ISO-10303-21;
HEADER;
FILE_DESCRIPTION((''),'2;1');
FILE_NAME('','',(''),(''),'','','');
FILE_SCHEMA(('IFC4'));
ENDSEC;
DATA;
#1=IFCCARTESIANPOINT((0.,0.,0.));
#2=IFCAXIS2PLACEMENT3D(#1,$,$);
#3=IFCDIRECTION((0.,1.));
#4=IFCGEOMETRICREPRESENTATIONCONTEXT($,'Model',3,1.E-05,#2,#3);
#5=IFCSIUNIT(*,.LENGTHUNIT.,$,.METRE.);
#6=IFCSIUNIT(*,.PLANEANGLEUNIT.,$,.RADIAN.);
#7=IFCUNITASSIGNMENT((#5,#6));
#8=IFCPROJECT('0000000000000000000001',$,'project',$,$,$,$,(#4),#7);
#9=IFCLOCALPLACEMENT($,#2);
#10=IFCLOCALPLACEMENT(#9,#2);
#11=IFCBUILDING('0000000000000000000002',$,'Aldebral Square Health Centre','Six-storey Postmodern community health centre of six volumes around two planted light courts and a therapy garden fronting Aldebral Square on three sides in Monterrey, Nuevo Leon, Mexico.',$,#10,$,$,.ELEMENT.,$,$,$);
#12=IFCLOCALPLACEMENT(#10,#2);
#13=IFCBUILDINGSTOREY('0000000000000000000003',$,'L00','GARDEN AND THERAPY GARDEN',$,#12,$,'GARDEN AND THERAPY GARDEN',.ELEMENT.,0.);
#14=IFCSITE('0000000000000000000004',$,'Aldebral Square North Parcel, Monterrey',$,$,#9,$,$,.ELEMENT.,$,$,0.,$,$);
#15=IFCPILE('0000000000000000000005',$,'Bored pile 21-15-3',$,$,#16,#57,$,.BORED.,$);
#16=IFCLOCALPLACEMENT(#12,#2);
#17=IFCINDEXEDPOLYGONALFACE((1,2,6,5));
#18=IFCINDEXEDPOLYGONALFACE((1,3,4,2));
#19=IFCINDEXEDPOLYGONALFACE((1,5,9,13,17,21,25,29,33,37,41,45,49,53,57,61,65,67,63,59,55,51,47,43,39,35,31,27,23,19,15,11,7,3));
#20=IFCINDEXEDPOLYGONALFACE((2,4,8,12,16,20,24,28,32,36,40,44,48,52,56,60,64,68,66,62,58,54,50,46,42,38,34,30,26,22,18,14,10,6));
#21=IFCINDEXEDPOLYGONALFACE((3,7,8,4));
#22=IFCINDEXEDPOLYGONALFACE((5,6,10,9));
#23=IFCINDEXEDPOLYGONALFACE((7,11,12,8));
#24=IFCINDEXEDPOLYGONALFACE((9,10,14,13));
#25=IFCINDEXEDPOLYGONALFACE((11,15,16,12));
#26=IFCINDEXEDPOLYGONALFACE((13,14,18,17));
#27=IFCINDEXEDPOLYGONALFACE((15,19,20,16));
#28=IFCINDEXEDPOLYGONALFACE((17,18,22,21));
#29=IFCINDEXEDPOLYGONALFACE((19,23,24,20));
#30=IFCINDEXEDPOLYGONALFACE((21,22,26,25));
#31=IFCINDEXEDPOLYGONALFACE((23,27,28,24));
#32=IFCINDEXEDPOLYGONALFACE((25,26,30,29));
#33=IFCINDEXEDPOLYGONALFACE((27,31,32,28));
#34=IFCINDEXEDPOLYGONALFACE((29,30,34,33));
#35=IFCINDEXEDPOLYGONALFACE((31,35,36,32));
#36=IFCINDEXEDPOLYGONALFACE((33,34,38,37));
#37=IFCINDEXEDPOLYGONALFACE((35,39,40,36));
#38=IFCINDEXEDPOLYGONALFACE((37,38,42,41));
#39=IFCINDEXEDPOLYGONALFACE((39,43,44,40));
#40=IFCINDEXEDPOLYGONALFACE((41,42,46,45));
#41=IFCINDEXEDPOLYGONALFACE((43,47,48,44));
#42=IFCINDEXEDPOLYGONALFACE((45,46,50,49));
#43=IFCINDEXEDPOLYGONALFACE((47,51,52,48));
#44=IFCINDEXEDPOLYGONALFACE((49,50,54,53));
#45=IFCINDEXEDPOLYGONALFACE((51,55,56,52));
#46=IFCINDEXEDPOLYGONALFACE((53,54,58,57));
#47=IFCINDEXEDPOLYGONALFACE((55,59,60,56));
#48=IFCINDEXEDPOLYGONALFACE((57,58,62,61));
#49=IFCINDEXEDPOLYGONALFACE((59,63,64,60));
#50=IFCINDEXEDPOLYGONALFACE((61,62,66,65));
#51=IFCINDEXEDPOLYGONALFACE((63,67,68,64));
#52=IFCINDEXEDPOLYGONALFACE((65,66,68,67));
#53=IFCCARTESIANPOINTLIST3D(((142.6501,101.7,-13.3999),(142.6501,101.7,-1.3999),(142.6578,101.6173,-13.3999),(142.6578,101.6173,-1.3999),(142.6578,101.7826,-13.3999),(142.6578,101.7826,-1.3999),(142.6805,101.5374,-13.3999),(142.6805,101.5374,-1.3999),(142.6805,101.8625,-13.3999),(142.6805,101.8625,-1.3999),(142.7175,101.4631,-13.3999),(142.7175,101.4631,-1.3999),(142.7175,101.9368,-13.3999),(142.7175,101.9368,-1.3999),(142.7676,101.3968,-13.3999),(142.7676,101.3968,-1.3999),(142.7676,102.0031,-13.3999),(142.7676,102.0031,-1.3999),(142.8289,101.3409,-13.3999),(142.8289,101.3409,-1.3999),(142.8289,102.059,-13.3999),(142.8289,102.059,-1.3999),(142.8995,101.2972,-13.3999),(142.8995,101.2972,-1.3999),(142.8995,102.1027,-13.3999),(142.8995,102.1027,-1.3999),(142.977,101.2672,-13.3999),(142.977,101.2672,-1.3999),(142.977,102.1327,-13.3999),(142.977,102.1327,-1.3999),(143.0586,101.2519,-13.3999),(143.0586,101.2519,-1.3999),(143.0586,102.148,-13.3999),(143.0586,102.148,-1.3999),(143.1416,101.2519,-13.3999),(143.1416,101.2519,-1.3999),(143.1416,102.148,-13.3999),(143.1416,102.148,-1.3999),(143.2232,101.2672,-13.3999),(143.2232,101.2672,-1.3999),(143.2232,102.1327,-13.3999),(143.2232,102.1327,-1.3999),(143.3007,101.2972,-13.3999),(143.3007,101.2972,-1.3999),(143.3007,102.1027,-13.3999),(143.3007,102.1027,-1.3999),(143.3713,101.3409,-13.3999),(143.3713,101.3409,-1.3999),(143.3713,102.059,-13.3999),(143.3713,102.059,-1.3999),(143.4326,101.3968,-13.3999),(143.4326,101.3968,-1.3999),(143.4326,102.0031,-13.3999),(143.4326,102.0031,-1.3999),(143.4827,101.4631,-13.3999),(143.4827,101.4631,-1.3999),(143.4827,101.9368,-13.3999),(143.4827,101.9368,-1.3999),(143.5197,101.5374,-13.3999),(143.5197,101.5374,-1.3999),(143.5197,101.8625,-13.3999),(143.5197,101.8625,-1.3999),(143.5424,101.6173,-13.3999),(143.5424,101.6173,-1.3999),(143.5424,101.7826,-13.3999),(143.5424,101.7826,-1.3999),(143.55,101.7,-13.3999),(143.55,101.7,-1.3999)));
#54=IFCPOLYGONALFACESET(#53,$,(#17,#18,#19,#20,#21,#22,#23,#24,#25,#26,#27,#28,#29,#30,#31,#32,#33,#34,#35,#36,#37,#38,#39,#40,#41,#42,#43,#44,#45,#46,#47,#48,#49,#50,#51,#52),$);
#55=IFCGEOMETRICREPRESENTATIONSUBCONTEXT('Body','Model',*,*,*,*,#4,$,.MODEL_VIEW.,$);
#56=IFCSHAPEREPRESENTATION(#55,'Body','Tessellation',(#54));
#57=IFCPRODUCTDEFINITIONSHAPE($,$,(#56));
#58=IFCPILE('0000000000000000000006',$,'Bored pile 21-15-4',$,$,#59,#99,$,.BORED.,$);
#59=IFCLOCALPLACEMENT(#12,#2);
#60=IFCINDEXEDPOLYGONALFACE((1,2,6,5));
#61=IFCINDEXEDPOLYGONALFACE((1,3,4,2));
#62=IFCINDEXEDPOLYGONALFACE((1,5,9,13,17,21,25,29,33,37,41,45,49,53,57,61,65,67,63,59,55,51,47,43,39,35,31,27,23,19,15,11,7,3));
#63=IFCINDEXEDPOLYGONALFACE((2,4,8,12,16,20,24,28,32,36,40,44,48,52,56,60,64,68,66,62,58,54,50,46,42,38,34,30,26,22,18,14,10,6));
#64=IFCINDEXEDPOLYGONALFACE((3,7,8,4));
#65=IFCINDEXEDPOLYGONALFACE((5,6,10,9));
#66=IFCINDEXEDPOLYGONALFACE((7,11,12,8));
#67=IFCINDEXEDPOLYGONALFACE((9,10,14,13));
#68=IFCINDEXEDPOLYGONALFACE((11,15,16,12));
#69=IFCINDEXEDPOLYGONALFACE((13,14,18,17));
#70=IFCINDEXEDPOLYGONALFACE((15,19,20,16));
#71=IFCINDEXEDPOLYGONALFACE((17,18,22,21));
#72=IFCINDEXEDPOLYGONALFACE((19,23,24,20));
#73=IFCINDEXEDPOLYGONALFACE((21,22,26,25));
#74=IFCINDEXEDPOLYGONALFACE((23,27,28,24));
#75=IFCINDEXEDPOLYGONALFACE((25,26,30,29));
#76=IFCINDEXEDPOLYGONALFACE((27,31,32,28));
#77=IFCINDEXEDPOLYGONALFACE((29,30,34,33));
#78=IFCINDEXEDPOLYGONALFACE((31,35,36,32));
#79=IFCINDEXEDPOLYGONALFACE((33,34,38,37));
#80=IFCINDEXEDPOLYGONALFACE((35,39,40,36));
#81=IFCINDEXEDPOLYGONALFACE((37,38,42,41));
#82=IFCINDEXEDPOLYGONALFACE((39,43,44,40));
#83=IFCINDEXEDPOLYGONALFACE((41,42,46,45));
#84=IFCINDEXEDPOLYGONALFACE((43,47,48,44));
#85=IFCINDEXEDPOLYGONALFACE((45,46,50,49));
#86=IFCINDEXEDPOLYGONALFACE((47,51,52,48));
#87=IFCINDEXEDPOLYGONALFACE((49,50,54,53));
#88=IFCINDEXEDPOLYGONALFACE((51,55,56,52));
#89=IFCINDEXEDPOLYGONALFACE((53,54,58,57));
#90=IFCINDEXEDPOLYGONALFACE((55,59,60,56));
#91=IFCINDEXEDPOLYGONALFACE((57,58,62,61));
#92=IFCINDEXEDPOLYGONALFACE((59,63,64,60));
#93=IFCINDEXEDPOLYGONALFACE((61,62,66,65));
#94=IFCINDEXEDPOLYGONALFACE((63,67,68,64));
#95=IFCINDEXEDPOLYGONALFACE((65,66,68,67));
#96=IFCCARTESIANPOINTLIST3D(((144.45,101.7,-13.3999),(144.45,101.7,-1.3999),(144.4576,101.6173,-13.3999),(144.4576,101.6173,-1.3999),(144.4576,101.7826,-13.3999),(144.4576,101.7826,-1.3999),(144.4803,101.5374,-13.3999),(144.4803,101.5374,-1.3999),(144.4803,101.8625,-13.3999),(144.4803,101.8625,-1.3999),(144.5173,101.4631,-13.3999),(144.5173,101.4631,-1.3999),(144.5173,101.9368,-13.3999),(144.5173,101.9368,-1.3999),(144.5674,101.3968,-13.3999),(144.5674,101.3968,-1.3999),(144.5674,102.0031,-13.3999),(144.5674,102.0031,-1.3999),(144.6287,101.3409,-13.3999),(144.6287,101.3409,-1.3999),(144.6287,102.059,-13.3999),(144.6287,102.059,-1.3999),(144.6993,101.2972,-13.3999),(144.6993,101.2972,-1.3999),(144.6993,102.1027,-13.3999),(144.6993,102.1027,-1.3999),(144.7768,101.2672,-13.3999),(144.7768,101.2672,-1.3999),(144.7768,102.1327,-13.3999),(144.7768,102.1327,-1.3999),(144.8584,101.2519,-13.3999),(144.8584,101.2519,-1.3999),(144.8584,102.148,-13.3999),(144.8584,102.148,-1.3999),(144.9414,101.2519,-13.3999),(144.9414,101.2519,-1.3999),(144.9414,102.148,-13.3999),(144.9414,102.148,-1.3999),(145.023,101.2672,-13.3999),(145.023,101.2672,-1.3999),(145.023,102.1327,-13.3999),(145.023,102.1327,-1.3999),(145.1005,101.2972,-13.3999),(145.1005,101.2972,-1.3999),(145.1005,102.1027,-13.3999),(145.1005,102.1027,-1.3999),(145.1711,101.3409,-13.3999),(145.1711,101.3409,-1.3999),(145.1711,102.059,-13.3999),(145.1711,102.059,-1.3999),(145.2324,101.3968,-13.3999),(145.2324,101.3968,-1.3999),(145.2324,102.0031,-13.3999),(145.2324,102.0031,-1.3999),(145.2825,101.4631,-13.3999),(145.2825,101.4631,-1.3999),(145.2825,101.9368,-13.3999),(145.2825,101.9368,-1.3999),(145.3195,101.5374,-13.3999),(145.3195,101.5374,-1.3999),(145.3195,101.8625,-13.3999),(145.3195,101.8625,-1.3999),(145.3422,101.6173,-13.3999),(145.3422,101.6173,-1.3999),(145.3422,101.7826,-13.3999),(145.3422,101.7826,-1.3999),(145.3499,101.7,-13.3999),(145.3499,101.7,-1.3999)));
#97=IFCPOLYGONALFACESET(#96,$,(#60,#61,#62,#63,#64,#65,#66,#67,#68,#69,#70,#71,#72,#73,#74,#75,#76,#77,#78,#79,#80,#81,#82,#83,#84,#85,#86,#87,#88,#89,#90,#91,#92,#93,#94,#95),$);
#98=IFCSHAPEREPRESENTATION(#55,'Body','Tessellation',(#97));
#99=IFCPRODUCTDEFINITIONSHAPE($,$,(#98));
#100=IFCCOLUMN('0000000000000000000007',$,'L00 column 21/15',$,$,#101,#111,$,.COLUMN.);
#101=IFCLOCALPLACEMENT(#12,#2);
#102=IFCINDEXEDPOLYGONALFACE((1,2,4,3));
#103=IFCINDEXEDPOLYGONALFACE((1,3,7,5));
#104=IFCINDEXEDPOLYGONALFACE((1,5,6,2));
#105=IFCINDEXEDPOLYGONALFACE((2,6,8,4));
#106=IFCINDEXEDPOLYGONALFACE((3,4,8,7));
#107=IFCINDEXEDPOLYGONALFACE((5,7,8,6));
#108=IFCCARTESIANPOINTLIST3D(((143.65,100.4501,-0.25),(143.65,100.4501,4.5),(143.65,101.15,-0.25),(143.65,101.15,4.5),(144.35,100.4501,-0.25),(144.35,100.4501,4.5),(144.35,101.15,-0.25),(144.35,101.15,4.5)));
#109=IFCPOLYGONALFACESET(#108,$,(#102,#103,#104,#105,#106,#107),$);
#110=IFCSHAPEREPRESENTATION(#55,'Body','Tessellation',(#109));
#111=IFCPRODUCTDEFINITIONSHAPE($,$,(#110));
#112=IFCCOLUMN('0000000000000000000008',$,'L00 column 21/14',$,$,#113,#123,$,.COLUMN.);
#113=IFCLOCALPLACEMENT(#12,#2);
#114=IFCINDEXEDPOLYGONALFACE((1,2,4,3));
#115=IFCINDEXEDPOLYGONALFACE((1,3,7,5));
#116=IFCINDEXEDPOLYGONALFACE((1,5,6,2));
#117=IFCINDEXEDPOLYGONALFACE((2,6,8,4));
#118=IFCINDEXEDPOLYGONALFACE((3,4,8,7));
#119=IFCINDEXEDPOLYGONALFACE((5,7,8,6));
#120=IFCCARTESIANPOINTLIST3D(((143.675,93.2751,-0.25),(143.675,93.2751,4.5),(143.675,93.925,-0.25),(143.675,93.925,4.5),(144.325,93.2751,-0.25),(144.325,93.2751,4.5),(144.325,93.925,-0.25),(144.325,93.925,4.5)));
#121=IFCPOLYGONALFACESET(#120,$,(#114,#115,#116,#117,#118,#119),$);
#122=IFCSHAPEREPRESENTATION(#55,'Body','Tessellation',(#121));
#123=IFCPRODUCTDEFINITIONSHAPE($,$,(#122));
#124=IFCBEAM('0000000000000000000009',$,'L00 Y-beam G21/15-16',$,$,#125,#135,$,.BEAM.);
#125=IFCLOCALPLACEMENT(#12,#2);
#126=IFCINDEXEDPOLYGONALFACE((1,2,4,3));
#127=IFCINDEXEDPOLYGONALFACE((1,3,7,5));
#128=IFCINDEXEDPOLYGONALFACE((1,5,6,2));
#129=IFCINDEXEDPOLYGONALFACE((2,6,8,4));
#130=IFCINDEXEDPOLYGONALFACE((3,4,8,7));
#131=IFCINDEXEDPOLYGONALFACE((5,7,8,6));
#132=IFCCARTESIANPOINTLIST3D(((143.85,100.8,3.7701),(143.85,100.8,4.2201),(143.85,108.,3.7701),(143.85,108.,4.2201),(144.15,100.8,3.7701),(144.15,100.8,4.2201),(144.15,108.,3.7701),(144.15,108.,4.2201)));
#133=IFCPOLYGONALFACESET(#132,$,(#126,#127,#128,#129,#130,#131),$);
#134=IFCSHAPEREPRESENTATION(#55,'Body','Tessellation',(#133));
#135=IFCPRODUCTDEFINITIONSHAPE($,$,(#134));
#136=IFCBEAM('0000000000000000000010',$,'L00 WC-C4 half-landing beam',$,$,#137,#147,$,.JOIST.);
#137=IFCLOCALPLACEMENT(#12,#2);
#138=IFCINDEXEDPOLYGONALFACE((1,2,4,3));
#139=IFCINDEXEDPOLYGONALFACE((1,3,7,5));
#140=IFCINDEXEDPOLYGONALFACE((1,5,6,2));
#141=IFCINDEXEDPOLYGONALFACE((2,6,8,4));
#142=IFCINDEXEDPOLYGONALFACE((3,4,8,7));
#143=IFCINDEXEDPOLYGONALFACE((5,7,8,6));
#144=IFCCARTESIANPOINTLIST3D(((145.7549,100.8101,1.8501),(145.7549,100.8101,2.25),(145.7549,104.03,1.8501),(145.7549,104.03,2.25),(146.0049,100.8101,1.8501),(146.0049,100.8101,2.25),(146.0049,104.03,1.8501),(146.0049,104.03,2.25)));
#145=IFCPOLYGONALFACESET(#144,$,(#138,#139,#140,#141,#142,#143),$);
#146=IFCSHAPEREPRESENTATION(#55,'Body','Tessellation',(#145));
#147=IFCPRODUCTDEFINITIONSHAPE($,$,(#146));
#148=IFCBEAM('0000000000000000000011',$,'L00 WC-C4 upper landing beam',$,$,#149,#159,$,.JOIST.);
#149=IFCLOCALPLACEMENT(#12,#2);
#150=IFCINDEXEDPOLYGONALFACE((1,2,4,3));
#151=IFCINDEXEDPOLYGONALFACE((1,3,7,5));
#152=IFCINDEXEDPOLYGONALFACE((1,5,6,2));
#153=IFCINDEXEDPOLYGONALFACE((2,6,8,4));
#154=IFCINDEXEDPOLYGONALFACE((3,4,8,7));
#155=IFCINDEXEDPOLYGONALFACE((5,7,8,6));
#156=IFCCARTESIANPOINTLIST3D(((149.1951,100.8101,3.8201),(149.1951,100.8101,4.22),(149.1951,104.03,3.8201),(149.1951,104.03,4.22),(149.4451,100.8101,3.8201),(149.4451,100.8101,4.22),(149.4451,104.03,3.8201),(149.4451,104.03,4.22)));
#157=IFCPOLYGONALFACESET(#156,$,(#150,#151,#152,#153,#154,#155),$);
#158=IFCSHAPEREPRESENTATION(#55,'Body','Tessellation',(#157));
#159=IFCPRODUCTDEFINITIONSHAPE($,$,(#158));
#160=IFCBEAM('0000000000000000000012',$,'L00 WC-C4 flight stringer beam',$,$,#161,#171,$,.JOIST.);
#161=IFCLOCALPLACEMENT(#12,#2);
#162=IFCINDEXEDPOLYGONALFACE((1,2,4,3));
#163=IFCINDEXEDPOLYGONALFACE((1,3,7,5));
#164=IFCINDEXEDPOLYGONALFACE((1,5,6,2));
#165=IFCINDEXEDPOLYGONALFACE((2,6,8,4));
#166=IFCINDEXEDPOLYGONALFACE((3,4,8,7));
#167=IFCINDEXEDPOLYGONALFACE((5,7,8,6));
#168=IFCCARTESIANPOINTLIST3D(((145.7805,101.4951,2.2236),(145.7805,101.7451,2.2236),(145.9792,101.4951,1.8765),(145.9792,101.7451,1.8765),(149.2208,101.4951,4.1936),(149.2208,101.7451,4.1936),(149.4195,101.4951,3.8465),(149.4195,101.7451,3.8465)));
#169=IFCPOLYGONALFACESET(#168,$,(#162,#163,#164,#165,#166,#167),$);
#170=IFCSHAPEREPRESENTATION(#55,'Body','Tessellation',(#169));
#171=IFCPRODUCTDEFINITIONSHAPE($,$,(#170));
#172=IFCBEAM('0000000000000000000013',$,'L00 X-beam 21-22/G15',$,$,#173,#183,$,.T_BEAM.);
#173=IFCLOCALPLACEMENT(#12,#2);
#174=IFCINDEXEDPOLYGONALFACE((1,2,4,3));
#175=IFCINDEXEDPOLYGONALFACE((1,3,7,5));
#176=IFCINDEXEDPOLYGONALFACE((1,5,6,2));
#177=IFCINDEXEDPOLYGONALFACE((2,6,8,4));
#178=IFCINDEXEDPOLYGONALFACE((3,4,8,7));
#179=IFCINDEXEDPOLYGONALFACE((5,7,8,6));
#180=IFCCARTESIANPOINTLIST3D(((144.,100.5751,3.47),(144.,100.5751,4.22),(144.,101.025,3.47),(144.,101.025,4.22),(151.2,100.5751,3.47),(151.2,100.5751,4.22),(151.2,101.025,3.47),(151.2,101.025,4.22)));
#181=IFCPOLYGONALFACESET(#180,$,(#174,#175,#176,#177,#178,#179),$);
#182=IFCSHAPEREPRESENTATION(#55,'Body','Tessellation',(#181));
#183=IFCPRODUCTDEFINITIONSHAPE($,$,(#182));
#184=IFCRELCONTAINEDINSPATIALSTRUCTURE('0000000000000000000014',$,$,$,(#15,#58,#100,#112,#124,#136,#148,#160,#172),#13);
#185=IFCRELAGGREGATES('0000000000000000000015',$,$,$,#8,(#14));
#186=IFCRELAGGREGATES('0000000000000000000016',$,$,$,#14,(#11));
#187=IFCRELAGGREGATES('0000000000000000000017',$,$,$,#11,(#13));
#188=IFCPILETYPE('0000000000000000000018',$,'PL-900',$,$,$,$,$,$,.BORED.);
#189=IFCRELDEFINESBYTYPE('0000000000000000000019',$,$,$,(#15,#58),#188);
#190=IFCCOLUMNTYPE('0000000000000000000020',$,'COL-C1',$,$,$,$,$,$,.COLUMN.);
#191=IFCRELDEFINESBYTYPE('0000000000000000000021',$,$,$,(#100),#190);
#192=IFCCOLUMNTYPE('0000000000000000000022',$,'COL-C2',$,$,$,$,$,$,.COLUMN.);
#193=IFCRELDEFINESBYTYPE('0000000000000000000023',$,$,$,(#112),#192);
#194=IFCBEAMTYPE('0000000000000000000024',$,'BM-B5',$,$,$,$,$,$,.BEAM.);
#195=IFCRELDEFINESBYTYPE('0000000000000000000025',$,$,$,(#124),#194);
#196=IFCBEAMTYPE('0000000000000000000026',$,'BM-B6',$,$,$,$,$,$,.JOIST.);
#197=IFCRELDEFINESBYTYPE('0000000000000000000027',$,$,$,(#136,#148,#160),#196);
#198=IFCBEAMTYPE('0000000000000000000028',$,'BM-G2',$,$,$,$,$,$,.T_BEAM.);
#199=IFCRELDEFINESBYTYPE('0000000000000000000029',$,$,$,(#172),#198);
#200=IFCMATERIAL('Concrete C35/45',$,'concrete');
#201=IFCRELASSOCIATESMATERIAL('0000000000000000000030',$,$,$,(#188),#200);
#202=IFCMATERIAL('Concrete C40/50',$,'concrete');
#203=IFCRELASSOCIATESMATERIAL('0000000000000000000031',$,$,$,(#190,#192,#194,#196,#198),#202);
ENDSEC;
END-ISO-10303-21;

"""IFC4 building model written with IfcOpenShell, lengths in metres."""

from ifc_helpers import new_model, si_unit, direction, frame, origin, origin_2d, place, context, subcontext, project, spatial, rectangle, circle, extrude, material, material_profile, profile_set, type_object, element, save


model = new_model("IFC4")

# Units and contexts
model_context = context("Model", 3, precision=1e-05, world=origin(), true_north=direction((0.0, 1.0)))
body_context = subcontext(model_context, "Body", "Model", "MODEL_VIEW")
ifc_project = project(units=[si_unit("LENGTHUNIT", "METRE"), si_unit("PLANEANGLEUNIT", "RADIAN")], contexts=[model_context])

# Site, building, storey
site_placement = place(None, origin())
site = spatial("IfcSite", under=ifc_project, at=site_placement, Name="Aldebral Square North Parcel, Monterrey", CompositionType="ELEMENT", RefElevation=0.0)
building_placement = place(site_placement, origin())
building = spatial("IfcBuilding", under=site, at=building_placement, Name="Aldebral Square Health Centre", Description="Six-storey Postmodern community health centre of six volumes around two planted light courts and a therapy garden fronting Aldebral Square on three sides in Monterrey, Nuevo Leon, Mexico.", CompositionType="ELEMENT")
storey_placement = place(building_placement, origin())
storey = spatial("IfcBuildingStorey", under=building, at=storey_placement, Name="L00", Description="GARDEN AND THERAPY GARDEN", LongName="GARDEN AND THERAPY GARDEN", CompositionType="ELEMENT", Elevation=0.0)

# Shared definitions
ifc_material_1 = material(Name="Concrete C35/45", Category="concrete")

# Piles
ifc_material_profile_1 = material_profile(ifc_material_1, circle(Radius=0.45, at=origin_2d()), Name="PILE D900")
ifc_profile_set_1 = profile_set([ifc_material_profile_1], Name="Concrete C35/45")
pile_type_1 = type_object("IfcPileType", Name="PL-900", PredefinedType="BORED", material=ifc_profile_set_1)
for number, where, z_axis, x_axis, name in (
    (1, (143.1001, 101.7, -1.3999), (0.0, 0.0, -1.0), (1.0, 0.0, 0.0), "Bored pile 21-15-3"),
    (2, (144.8999, 101.7, -1.3999), (0.0, 0.0, -1.0), (1.0, 0.0, 0.0), "Bored pile 21-15-4"),
):
    element("IfcPile", number, at=place(storey_placement, frame(where, z_axis=z_axis, x_axis=x_axis)), inside=storey, type_object=pile_type_1, Name=name, PredefinedType="BORED", context=body_context, shape_type="SweptSolid", body=[
        extrude(circle(Radius=0.45, at=origin_2d()), origin(), (0.0, 0.0, 1.0), 12.0),
    ])

# Columns
ifc_material_2 = material(Name="Concrete C40/50", Category="concrete")
ifc_material_profile_2 = material_profile(ifc_material_2, rectangle(XDim=0.7, YDim=0.7, at=origin_2d()), Name="RC 700x700")
ifc_profile_set_2 = profile_set([ifc_material_profile_2], Name="Concrete C40/50")
column_type_1 = type_object("IfcColumnType", Name="COL-C1", PredefinedType="COLUMN", material=ifc_profile_set_2)
column_1_placement = place(storey_placement, frame((144.0, 100.8, -0.25), z_axis=(0.0, 0.0, 1.0), x_axis=(1.0, 0.0, 0.0)))
element("IfcColumn", 3, at=column_1_placement, inside=storey, type_object=column_type_1, Name="L00 column 21/15", PredefinedType="COLUMN", context=body_context, shape_type="SweptSolid", body=[
    extrude(rectangle(XDim=0.7, YDim=0.7, at=origin_2d()), origin(), (0.0, 0.0, 1.0), 4.75),
])
ifc_material_profile_3 = material_profile(ifc_material_2, rectangle(XDim=0.6499, YDim=0.6499, at=origin_2d()), Name="RC 650x650")
ifc_profile_set_3 = profile_set([ifc_material_profile_3], Name="Concrete C40/50")
column_type_2 = type_object("IfcColumnType", Name="COL-C2", PredefinedType="COLUMN", material=ifc_profile_set_3)
column_2_placement = place(storey_placement, frame((144.0, 93.6001, -0.25), z_axis=(0.0, 0.0, 1.0), x_axis=(1.0, 0.0, 0.0)))
element("IfcColumn", 4, at=column_2_placement, inside=storey, type_object=column_type_2, Name="L00 column 21/14", PredefinedType="COLUMN", context=body_context, shape_type="SweptSolid", body=[
    extrude(rectangle(XDim=0.6499, YDim=0.6499, at=origin_2d()), origin(), (0.0, 0.0, 1.0), 4.75),
])

# Beams
ifc_material_profile_4 = material_profile(ifc_material_2, rectangle(XDim=0.3, YDim=0.45, at=origin_2d()), Name="RC 300x450")
ifc_profile_set_4 = profile_set([ifc_material_profile_4], Name="Concrete C40/50")
beam_type_1 = type_object("IfcBeamType", Name="BM-B5", PredefinedType="BEAM", material=ifc_profile_set_4)
beam_1_placement = place(storey_placement, frame((144.0, 100.8, 3.9951), z_axis=(0.0, 1.0, 0.0), x_axis=(-1.0, 0.0, 0.0)))
element("IfcBeam", 5, at=beam_1_placement, inside=storey, type_object=beam_type_1, Name="L00 Y-beam G21/15-16", PredefinedType="BEAM", context=body_context, shape_type="SweptSolid", body=[
    extrude(rectangle(XDim=0.3, YDim=0.45, at=origin_2d()), origin(), (0.0, 0.0, 1.0), 7.2),
])
ifc_material_profile_5 = material_profile(ifc_material_2, rectangle(XDim=0.25, YDim=0.3999, at=origin_2d()), Name="RC 250x400")
ifc_profile_set_5 = profile_set([ifc_material_profile_5], Name="Concrete C40/50")
beam_type_2 = type_object("IfcBeamType", Name="BM-B6", PredefinedType="JOIST", material=ifc_profile_set_5)
for number, where, z_axis, x_axis, name in (
    (6, (145.8799, 100.8101, 2.05), (0.0, 1.0, 0.0), (-1.0, 0.0, 0.0), "L00 WC-C4 half-landing beam"),
    (7, (149.3201, 100.8101, 4.02), (0.0, 1.0, 0.0), (-1.0, 0.0, 0.0), "L00 WC-C4 upper landing beam"),
):
    element("IfcBeam", number, at=place(storey_placement, frame(where, z_axis=z_axis, x_axis=x_axis)), inside=storey, type_object=beam_type_2, Name=name, PredefinedType="JOIST", context=body_context, shape_type="SweptSolid", body=[
        extrude(rectangle(XDim=0.25, YDim=0.3999, at=origin_2d()), origin(), (0.0, 0.0, 1.0), 3.22),
    ])
beam_2_placement = place(storey_placement, frame((145.8799, 101.6201, 2.05), z_axis=(0.867792, 0.0, 0.496928), x_axis=(0.0, 1.0, 0.0)))
element("IfcBeam", 8, at=beam_2_placement, inside=storey, type_object=beam_type_2, Name="L00 WC-C4 flight stringer beam", PredefinedType="JOIST", context=body_context, shape_type="SweptSolid", body=[
    extrude(rectangle(XDim=0.25, YDim=0.3999, at=origin_2d()), origin(), (0.0, 0.0, 1.0), 3.9644),
])
ifc_material_profile_6 = material_profile(ifc_material_2, rectangle(XDim=0.45, YDim=0.75, at=origin_2d()), Name="RC 450x750")
ifc_profile_set_6 = profile_set([ifc_material_profile_6], Name="Concrete C40/50")
beam_type_3 = type_object("IfcBeamType", Name="BM-G2", PredefinedType="T_BEAM", material=ifc_profile_set_6)
beam_3_placement = place(storey_placement, frame((144.0, 100.8, 3.845), z_axis=(1.0, 0.0, 0.0), x_axis=(0.0, 1.0, 0.0)))
element("IfcBeam", 9, at=beam_3_placement, inside=storey, type_object=beam_type_3, Name="L00 X-beam 21-22/G15", PredefinedType="T_BEAM", context=body_context, shape_type="SweptSolid", body=[
    extrude(rectangle(XDim=0.45, YDim=0.75, at=origin_2d()), origin(), (0.0, 0.0, 1.0), 7.2),
])

save(model, "model.ifc")
